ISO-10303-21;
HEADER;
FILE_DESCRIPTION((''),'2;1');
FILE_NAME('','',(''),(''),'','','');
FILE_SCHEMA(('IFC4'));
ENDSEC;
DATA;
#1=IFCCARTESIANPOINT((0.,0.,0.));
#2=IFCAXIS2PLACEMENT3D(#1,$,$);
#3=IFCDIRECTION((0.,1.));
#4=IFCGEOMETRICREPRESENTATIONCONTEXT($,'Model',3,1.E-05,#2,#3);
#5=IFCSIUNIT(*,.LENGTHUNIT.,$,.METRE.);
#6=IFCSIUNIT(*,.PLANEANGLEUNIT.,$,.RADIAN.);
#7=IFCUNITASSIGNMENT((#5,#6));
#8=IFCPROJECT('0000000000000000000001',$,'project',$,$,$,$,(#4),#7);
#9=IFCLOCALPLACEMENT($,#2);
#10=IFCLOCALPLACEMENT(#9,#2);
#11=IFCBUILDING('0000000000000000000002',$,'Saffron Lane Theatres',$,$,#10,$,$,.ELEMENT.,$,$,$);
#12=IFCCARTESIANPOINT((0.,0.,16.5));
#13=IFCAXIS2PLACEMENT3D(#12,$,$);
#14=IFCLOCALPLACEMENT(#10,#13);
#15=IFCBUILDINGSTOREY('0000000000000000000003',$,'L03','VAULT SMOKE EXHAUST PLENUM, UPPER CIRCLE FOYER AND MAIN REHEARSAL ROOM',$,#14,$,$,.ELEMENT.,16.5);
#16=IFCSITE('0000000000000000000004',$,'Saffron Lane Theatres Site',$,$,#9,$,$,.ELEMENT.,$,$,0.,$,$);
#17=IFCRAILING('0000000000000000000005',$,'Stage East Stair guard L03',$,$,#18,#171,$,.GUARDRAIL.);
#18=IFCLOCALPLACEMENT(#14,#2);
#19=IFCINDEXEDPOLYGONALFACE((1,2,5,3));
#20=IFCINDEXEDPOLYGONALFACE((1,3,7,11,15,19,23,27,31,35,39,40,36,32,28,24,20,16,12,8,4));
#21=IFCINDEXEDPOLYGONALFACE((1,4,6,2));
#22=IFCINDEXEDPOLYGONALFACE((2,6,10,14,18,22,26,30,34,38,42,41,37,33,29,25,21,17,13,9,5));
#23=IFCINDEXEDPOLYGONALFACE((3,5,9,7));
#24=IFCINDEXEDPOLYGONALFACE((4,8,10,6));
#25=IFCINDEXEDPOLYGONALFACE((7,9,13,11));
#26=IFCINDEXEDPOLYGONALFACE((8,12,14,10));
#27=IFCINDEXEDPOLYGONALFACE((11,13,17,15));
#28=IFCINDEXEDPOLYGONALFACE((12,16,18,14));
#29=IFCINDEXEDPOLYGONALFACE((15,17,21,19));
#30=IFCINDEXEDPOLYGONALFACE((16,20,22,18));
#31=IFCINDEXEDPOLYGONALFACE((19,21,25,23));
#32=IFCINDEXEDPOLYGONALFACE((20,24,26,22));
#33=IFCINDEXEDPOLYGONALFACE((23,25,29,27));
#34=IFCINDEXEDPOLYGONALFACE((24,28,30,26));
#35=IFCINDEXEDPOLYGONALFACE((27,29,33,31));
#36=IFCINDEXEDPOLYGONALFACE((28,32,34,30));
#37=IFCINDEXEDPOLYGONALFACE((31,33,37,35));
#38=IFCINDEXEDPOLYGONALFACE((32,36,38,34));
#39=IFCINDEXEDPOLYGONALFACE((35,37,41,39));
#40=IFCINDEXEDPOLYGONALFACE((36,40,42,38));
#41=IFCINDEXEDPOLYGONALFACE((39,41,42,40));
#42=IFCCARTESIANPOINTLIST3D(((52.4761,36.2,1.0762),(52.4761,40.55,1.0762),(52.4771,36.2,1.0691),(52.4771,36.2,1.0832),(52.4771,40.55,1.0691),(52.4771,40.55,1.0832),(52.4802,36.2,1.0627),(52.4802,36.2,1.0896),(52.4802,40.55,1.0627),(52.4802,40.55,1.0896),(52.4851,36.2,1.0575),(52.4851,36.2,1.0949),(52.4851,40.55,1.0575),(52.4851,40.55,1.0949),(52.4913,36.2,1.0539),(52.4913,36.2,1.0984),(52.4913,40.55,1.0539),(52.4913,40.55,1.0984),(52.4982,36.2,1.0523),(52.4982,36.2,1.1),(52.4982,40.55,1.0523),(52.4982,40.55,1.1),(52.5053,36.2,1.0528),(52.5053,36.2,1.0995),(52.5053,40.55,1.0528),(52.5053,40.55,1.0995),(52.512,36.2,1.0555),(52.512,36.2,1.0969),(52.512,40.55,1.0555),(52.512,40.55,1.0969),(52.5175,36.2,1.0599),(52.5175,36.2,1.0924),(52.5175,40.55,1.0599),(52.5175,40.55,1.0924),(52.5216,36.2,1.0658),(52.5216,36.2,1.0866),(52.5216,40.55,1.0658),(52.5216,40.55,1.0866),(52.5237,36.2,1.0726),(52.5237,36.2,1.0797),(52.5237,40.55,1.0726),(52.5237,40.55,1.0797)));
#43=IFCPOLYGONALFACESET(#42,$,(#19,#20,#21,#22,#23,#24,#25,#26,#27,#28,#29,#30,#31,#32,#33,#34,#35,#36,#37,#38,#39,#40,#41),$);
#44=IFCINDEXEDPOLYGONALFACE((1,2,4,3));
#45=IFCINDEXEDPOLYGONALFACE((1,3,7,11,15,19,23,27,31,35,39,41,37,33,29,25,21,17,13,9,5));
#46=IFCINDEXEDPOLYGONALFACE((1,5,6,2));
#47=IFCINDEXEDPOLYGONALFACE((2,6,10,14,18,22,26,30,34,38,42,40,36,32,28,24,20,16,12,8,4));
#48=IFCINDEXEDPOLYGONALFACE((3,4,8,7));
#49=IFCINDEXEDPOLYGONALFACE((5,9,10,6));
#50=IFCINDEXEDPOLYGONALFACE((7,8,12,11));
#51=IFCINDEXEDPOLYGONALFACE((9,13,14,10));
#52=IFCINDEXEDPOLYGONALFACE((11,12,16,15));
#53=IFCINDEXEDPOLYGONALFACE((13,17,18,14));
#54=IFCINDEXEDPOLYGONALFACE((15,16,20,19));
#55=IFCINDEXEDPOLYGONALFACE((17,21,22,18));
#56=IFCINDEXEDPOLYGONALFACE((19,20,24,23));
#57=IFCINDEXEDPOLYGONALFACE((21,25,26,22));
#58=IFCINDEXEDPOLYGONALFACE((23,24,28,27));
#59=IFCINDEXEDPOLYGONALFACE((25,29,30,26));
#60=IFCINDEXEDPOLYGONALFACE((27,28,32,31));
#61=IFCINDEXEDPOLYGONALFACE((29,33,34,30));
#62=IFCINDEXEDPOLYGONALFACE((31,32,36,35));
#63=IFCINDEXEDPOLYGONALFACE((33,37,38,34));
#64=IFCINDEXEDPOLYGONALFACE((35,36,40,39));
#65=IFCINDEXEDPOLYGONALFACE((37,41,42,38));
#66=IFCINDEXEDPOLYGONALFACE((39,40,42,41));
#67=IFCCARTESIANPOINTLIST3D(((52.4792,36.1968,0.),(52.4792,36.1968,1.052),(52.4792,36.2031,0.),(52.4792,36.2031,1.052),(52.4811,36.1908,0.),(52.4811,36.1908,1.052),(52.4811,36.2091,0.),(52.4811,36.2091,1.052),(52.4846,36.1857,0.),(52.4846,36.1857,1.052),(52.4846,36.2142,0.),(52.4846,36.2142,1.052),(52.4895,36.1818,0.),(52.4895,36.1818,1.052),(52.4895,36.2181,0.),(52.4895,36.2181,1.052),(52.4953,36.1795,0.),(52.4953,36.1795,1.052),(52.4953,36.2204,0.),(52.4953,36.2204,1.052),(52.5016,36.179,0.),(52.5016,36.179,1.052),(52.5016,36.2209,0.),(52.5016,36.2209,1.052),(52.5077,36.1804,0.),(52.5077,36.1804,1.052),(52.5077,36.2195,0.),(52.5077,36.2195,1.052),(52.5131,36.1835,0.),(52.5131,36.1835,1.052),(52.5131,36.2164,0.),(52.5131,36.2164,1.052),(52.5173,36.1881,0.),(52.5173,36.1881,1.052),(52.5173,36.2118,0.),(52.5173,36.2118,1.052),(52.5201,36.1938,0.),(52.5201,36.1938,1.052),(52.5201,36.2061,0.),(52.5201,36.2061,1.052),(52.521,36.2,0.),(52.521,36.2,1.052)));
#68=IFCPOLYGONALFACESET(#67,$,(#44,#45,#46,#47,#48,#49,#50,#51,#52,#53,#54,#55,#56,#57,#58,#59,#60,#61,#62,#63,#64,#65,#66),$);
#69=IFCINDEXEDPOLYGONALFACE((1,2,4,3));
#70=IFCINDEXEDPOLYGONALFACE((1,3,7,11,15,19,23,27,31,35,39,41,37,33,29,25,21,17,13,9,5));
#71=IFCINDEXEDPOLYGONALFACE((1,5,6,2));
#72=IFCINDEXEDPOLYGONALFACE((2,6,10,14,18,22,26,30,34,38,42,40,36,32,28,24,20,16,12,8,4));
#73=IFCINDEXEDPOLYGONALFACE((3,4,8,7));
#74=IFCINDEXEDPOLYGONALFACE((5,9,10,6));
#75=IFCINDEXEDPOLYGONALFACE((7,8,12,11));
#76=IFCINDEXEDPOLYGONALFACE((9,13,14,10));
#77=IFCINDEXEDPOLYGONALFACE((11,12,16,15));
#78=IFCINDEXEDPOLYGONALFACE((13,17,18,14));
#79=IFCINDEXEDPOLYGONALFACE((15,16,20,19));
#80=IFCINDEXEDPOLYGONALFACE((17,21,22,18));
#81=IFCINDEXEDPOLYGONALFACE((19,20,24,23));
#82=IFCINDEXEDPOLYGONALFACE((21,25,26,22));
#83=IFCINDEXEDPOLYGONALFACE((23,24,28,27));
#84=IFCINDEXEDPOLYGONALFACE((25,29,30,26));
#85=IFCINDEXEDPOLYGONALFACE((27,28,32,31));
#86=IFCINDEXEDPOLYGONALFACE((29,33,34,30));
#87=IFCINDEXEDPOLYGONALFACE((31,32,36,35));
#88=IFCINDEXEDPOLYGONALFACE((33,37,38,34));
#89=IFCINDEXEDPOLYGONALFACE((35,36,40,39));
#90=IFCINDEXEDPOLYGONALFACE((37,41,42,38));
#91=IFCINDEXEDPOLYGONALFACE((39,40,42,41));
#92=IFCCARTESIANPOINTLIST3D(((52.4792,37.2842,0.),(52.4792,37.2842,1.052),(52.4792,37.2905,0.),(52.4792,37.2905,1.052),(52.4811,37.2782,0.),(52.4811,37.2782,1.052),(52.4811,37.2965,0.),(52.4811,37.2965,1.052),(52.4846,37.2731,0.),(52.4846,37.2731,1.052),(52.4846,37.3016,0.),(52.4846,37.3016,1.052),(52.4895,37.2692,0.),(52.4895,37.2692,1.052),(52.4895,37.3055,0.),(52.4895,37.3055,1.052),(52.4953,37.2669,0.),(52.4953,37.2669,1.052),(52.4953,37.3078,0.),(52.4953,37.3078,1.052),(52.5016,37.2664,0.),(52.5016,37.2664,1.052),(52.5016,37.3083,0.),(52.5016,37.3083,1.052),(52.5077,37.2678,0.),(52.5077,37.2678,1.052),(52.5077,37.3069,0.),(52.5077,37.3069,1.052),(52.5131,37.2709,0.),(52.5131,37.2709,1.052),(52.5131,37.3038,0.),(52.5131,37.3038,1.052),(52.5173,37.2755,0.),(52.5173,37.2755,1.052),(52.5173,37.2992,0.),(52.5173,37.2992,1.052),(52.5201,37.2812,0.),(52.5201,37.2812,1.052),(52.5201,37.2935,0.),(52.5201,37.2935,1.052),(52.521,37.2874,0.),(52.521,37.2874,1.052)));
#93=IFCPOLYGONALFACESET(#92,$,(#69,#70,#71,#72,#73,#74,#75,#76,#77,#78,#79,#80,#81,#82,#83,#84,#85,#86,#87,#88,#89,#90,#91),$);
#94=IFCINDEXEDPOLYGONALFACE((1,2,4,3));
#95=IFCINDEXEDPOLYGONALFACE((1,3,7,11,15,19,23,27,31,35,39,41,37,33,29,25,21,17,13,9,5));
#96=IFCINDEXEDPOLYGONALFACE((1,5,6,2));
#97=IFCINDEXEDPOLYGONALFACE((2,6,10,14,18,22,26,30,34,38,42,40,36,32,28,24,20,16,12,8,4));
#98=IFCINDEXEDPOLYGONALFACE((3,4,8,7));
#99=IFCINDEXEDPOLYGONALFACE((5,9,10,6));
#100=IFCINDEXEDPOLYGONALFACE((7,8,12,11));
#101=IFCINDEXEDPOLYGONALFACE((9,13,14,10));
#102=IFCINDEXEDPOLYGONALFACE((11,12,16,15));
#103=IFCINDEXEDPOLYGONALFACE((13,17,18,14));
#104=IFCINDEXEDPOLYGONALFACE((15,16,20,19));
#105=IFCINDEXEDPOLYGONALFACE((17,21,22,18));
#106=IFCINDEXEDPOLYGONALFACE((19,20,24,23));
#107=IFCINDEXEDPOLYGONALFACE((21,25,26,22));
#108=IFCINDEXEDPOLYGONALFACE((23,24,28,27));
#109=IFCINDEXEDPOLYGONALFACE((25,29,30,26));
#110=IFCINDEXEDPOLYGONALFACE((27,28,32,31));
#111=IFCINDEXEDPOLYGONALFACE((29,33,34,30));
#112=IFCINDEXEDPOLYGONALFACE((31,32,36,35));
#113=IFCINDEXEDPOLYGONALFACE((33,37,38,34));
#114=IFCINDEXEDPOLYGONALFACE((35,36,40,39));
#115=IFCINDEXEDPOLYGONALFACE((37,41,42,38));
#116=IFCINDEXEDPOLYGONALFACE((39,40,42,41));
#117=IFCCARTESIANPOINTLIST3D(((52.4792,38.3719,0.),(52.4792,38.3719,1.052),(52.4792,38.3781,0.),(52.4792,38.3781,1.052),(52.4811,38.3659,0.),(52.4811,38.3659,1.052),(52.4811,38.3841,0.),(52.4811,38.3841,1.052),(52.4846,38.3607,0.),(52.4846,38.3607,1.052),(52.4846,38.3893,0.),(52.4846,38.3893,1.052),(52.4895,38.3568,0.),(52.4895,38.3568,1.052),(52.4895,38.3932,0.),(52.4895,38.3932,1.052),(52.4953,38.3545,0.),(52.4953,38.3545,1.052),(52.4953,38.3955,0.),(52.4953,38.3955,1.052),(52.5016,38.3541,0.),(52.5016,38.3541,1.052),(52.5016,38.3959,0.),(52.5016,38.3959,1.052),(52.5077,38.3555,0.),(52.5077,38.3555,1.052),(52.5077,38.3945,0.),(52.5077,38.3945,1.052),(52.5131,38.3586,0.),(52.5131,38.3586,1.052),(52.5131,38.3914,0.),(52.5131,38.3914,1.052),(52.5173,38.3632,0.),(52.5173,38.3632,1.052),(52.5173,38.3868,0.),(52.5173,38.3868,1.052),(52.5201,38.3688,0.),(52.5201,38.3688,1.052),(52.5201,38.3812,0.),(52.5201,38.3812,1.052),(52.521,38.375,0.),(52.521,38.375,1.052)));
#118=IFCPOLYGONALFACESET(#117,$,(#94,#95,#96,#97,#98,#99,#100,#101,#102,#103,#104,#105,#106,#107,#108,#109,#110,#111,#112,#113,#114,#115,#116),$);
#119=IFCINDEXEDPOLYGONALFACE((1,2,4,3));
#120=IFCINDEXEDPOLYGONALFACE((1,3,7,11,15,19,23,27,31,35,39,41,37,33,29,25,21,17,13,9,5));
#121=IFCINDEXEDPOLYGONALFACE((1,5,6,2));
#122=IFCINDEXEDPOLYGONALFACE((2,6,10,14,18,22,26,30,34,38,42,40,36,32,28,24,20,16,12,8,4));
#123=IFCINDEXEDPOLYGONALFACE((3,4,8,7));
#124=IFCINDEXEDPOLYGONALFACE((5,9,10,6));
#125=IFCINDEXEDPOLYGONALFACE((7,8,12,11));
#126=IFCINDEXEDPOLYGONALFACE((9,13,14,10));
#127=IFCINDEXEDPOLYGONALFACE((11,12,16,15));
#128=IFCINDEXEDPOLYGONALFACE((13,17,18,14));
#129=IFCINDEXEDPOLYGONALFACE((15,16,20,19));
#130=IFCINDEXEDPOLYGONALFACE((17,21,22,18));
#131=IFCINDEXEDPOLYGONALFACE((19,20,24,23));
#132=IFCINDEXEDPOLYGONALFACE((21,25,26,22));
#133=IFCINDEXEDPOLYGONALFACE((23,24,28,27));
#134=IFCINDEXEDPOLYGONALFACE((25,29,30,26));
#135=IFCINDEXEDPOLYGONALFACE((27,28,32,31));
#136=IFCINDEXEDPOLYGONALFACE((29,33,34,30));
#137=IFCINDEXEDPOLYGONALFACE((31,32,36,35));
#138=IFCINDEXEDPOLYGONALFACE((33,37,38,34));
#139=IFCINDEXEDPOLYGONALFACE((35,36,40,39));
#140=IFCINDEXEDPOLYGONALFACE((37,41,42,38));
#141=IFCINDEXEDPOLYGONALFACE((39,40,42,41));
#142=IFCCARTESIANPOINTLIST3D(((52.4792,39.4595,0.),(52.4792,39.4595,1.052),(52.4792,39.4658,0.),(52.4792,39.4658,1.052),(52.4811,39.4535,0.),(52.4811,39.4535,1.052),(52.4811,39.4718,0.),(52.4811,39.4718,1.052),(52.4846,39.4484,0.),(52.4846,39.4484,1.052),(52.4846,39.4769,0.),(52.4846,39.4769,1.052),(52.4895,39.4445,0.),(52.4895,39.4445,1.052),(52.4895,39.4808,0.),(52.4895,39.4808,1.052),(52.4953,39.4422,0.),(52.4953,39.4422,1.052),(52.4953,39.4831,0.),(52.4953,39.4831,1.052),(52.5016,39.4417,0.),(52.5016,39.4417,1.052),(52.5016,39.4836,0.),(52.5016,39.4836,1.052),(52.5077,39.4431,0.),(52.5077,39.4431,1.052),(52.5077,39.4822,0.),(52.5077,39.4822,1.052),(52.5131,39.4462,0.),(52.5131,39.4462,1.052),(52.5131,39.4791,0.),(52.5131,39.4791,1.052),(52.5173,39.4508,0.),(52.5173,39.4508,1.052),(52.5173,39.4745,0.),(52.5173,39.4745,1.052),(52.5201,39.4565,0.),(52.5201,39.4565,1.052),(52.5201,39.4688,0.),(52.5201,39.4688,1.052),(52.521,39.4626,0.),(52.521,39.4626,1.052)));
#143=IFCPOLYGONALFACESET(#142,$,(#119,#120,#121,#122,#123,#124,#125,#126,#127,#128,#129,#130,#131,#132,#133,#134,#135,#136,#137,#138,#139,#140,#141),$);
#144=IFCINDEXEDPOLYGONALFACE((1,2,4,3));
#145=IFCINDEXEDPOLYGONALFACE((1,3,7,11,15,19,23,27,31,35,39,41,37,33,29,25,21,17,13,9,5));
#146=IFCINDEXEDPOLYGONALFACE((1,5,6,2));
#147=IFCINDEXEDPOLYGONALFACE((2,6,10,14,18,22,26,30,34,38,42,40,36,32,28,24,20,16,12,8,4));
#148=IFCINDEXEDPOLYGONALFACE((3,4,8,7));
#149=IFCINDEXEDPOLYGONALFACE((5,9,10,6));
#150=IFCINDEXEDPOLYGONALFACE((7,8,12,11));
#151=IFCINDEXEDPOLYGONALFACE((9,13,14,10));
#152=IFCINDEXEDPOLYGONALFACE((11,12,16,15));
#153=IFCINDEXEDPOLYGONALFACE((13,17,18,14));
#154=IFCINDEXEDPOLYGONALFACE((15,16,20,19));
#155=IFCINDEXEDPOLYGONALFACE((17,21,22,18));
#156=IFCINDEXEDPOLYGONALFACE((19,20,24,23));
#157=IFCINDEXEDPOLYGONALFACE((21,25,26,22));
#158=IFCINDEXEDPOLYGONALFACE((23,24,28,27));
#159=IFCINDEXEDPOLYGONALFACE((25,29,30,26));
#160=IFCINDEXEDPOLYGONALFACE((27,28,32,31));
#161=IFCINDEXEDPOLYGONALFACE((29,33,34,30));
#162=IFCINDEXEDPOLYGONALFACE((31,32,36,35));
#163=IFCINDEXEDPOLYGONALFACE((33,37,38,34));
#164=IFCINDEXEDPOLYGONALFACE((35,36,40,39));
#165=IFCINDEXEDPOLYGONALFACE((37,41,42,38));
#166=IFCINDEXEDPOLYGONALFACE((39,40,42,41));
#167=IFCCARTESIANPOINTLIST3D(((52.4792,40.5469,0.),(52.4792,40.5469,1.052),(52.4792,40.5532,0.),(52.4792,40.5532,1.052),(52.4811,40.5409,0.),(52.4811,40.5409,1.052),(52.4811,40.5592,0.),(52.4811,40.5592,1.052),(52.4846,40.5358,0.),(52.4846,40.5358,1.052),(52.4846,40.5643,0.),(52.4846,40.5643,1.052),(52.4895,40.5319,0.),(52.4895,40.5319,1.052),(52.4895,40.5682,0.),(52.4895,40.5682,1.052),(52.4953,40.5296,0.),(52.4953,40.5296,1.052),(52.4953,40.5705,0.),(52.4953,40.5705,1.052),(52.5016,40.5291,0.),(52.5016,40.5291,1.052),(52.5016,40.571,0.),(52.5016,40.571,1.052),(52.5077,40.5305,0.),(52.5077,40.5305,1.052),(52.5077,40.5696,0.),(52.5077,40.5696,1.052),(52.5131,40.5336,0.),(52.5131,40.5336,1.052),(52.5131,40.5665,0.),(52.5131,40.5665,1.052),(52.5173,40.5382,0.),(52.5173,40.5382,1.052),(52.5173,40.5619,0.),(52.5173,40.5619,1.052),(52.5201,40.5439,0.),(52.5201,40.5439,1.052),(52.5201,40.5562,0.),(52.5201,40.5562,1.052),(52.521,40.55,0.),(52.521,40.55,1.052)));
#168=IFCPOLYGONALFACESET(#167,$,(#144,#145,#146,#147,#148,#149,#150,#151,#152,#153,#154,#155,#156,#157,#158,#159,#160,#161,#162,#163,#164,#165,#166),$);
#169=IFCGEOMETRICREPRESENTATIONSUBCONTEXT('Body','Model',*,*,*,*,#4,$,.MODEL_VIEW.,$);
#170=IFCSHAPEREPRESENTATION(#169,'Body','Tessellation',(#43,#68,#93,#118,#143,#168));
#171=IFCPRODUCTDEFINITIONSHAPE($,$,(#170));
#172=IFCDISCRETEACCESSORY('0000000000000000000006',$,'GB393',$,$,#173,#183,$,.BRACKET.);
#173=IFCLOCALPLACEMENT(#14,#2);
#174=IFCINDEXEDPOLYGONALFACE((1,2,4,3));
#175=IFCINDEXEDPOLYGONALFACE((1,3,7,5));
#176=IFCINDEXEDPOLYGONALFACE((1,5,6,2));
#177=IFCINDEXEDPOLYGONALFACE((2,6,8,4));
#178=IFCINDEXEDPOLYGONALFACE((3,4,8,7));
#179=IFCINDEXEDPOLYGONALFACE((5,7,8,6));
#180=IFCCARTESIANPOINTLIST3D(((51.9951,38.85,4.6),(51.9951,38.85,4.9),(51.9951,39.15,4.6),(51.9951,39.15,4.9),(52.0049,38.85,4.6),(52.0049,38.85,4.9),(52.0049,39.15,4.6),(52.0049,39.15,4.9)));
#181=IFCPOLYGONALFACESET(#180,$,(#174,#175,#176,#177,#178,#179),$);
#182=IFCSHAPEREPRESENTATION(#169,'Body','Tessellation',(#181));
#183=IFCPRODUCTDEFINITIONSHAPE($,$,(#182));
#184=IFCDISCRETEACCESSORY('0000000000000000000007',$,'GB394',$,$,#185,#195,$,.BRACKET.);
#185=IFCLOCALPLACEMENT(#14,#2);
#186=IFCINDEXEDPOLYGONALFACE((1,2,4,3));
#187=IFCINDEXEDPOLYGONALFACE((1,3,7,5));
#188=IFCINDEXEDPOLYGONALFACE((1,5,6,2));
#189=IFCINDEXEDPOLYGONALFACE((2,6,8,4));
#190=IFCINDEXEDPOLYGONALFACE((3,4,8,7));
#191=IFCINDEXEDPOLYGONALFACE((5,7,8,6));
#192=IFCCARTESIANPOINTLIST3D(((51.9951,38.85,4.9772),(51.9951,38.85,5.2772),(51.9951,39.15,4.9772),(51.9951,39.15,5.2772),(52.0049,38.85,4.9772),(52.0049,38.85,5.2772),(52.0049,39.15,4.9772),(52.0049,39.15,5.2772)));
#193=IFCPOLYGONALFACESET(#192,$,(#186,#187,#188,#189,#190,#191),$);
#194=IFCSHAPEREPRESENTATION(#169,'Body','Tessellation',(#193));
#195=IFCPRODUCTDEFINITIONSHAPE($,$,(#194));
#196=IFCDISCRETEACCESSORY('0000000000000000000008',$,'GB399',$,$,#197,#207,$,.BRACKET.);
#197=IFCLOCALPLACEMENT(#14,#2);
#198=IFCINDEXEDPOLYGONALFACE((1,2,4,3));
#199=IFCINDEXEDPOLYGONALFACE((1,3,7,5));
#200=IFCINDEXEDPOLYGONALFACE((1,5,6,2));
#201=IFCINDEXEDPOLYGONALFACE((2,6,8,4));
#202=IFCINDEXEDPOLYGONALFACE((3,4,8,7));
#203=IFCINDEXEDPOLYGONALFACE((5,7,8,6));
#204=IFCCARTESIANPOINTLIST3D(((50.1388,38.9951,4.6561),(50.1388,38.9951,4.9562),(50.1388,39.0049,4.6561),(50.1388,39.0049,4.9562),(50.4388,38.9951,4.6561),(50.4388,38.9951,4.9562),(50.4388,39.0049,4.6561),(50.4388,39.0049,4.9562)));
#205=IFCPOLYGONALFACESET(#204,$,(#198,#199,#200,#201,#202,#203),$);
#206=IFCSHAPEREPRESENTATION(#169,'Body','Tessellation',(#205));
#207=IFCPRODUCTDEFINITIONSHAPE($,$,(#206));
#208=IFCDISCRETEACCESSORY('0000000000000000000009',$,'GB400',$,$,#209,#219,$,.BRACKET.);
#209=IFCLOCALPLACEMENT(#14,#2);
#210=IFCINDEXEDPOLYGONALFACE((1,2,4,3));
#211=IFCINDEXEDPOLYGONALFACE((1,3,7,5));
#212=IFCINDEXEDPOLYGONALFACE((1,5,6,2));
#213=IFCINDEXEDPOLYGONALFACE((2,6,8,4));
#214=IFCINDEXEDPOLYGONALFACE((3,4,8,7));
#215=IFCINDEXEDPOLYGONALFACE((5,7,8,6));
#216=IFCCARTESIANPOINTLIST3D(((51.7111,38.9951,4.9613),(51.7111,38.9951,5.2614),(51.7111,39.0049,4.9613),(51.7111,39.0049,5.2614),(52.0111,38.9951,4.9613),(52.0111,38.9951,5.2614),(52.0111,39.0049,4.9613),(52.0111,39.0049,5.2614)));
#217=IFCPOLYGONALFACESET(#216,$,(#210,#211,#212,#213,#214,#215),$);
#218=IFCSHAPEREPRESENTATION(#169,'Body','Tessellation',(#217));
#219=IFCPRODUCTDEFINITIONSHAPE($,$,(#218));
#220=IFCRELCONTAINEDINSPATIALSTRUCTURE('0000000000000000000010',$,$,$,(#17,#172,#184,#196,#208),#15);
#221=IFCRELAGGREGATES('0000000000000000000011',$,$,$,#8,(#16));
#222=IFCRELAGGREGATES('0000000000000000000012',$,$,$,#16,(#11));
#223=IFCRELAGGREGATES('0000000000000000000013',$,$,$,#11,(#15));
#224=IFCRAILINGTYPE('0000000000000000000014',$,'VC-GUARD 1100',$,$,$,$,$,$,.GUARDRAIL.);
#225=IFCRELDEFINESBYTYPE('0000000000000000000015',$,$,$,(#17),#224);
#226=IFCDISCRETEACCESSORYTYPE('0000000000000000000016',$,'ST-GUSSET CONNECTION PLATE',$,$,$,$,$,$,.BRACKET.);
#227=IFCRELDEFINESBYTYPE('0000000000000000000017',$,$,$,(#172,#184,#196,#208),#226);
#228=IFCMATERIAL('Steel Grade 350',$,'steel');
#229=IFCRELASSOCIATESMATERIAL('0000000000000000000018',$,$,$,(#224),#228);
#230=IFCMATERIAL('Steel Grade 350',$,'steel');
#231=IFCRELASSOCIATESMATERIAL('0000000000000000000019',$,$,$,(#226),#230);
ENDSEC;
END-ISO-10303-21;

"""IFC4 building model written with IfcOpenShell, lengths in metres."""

from ifc_helpers import new_model, si_unit, direction, frame, origin, origin_2d, place, context, subcontext, project, spatial, rectangle, circle, extrude, material, material_profile, profile_set, type_object, element, save


model = new_model("IFC4")

# Units and contexts
model_context = context("Model", 3, precision=1e-05, world=origin(), true_north=direction((0.0, 1.0)))
body_context = subcontext(model_context, "Body", "Model", "MODEL_VIEW")
ifc_project = project(units=[si_unit("LENGTHUNIT", "METRE"), si_unit("PLANEANGLEUNIT", "RADIAN")], contexts=[model_context])

# Site, building, storey
site_placement = place(None, origin())
site = spatial("IfcSite", under=ifc_project, at=site_placement, Name="Saffron Lane Theatres Site", CompositionType="ELEMENT", RefElevation=0.0)
building_placement = place(site_placement, origin())
building = spatial("IfcBuilding", under=site, at=building_placement, Name="Saffron Lane Theatres", CompositionType="ELEMENT")
storey_placement = place(building_placement, frame((0.0, 0.0, 16.5)))
storey = spatial("IfcBuildingStorey", under=building, at=storey_placement, Name="L03", Description="VAULT SMOKE EXHAUST PLENUM, UPPER CIRCLE FOYER AND MAIN REHEARSAL ROOM", CompositionType="ELEMENT", Elevation=16.5)

# Railing
ifc_material_1 = material(Name="Steel Grade 350", Category="steel")
railing_type = type_object("IfcRailingType", Name="VC-GUARD 1100", PredefinedType="GUARDRAIL", material=ifc_material_1)
railing_placement = place(storey_placement, frame((52.5, 36.2, 0.0)))
element("IfcRailing", 1, at=railing_placement, inside=storey, type_object=railing_type, Name="Stage East Stair guard L03", PredefinedType="GUARDRAIL", context=body_context, shape_type="SweptSolid", body=[
    extrude(circle(Radius=0.0239, at=origin_2d()), frame((0.0, 0.0, 1.0762), z_axis=(0.0, 1.0, 0.0), x_axis=(-1.0, 0.0, 0.0)), (0.0, 0.0, 1.0), 4.3501),
    extrude(circle(Radius=0.021, at=origin_2d()), origin(), (0.0, 0.0, 1.0), 1.052),
    extrude(circle(Radius=0.021, at=origin_2d()), frame((0.0, 1.0874, 0.0)), (0.0, 0.0, 1.0), 1.052),
    extrude(circle(Radius=0.021, at=origin_2d()), frame((0.0, 2.175, 0.0)), (0.0, 0.0, 1.0), 1.052),
    extrude(circle(Radius=0.021, at=origin_2d()), frame((0.0, 3.2627, 0.0)), (0.0, 0.0, 1.0), 1.052),
    extrude(circle(Radius=0.021, at=origin_2d()), frame((0.0, 4.3501, 0.0)), (0.0, 0.0, 1.0), 1.052),
])

# Discrete accessories
ifc_material_2 = material(Name="Steel Grade 350", Category="steel")
ifc_material_profile_1 = material_profile(ifc_material_2, rectangle(XDim=0.3, YDim=0.3, at=origin_2d()))
ifc_profile_set_1 = profile_set([ifc_material_profile_1], Name="Steel Grade 350")
discrete_accessory_type_1 = type_object("IfcDiscreteAccessoryType", Name="ST-GUSSET CONNECTION PLATE", PredefinedType="BRACKET", material=ifc_profile_set_1)
for number, where, z_axis, x_axis, name in (
    (2, (51.9951, 39.0, 4.75), (1.0, 0.0, 0.0), (0.0, 1.0, 0.0), "GB393"),
    (3, (51.9951, 39.0, 5.1272), (1.0, 0.0, 0.0), (0.0, 1.0, 0.0), "GB394"),
    (4, (50.2888, 38.9951, 4.8062), (0.0, 1.0, 0.0), (-1.0, 0.0, 0.0), "GB399"),
    (5, (51.8611, 38.9951, 5.1113), (0.0, 1.0, 0.0), (-1.0, 0.0, 0.0), "GB400"),
):
    element("IfcDiscreteAccessory", number, at=place(storey_placement, frame(where, z_axis=z_axis, x_axis=x_axis)), inside=storey, type_object=discrete_accessory_type_1, Name=name, PredefinedType="BRACKET", context=body_context, shape_type="SweptSolid", body=[
        extrude(rectangle(XDim=0.3, YDim=0.3, at=origin_2d()), origin(), (0.0, 0.0, 1.0), 0.0098),
    ])

save(model, "model.ifc")
